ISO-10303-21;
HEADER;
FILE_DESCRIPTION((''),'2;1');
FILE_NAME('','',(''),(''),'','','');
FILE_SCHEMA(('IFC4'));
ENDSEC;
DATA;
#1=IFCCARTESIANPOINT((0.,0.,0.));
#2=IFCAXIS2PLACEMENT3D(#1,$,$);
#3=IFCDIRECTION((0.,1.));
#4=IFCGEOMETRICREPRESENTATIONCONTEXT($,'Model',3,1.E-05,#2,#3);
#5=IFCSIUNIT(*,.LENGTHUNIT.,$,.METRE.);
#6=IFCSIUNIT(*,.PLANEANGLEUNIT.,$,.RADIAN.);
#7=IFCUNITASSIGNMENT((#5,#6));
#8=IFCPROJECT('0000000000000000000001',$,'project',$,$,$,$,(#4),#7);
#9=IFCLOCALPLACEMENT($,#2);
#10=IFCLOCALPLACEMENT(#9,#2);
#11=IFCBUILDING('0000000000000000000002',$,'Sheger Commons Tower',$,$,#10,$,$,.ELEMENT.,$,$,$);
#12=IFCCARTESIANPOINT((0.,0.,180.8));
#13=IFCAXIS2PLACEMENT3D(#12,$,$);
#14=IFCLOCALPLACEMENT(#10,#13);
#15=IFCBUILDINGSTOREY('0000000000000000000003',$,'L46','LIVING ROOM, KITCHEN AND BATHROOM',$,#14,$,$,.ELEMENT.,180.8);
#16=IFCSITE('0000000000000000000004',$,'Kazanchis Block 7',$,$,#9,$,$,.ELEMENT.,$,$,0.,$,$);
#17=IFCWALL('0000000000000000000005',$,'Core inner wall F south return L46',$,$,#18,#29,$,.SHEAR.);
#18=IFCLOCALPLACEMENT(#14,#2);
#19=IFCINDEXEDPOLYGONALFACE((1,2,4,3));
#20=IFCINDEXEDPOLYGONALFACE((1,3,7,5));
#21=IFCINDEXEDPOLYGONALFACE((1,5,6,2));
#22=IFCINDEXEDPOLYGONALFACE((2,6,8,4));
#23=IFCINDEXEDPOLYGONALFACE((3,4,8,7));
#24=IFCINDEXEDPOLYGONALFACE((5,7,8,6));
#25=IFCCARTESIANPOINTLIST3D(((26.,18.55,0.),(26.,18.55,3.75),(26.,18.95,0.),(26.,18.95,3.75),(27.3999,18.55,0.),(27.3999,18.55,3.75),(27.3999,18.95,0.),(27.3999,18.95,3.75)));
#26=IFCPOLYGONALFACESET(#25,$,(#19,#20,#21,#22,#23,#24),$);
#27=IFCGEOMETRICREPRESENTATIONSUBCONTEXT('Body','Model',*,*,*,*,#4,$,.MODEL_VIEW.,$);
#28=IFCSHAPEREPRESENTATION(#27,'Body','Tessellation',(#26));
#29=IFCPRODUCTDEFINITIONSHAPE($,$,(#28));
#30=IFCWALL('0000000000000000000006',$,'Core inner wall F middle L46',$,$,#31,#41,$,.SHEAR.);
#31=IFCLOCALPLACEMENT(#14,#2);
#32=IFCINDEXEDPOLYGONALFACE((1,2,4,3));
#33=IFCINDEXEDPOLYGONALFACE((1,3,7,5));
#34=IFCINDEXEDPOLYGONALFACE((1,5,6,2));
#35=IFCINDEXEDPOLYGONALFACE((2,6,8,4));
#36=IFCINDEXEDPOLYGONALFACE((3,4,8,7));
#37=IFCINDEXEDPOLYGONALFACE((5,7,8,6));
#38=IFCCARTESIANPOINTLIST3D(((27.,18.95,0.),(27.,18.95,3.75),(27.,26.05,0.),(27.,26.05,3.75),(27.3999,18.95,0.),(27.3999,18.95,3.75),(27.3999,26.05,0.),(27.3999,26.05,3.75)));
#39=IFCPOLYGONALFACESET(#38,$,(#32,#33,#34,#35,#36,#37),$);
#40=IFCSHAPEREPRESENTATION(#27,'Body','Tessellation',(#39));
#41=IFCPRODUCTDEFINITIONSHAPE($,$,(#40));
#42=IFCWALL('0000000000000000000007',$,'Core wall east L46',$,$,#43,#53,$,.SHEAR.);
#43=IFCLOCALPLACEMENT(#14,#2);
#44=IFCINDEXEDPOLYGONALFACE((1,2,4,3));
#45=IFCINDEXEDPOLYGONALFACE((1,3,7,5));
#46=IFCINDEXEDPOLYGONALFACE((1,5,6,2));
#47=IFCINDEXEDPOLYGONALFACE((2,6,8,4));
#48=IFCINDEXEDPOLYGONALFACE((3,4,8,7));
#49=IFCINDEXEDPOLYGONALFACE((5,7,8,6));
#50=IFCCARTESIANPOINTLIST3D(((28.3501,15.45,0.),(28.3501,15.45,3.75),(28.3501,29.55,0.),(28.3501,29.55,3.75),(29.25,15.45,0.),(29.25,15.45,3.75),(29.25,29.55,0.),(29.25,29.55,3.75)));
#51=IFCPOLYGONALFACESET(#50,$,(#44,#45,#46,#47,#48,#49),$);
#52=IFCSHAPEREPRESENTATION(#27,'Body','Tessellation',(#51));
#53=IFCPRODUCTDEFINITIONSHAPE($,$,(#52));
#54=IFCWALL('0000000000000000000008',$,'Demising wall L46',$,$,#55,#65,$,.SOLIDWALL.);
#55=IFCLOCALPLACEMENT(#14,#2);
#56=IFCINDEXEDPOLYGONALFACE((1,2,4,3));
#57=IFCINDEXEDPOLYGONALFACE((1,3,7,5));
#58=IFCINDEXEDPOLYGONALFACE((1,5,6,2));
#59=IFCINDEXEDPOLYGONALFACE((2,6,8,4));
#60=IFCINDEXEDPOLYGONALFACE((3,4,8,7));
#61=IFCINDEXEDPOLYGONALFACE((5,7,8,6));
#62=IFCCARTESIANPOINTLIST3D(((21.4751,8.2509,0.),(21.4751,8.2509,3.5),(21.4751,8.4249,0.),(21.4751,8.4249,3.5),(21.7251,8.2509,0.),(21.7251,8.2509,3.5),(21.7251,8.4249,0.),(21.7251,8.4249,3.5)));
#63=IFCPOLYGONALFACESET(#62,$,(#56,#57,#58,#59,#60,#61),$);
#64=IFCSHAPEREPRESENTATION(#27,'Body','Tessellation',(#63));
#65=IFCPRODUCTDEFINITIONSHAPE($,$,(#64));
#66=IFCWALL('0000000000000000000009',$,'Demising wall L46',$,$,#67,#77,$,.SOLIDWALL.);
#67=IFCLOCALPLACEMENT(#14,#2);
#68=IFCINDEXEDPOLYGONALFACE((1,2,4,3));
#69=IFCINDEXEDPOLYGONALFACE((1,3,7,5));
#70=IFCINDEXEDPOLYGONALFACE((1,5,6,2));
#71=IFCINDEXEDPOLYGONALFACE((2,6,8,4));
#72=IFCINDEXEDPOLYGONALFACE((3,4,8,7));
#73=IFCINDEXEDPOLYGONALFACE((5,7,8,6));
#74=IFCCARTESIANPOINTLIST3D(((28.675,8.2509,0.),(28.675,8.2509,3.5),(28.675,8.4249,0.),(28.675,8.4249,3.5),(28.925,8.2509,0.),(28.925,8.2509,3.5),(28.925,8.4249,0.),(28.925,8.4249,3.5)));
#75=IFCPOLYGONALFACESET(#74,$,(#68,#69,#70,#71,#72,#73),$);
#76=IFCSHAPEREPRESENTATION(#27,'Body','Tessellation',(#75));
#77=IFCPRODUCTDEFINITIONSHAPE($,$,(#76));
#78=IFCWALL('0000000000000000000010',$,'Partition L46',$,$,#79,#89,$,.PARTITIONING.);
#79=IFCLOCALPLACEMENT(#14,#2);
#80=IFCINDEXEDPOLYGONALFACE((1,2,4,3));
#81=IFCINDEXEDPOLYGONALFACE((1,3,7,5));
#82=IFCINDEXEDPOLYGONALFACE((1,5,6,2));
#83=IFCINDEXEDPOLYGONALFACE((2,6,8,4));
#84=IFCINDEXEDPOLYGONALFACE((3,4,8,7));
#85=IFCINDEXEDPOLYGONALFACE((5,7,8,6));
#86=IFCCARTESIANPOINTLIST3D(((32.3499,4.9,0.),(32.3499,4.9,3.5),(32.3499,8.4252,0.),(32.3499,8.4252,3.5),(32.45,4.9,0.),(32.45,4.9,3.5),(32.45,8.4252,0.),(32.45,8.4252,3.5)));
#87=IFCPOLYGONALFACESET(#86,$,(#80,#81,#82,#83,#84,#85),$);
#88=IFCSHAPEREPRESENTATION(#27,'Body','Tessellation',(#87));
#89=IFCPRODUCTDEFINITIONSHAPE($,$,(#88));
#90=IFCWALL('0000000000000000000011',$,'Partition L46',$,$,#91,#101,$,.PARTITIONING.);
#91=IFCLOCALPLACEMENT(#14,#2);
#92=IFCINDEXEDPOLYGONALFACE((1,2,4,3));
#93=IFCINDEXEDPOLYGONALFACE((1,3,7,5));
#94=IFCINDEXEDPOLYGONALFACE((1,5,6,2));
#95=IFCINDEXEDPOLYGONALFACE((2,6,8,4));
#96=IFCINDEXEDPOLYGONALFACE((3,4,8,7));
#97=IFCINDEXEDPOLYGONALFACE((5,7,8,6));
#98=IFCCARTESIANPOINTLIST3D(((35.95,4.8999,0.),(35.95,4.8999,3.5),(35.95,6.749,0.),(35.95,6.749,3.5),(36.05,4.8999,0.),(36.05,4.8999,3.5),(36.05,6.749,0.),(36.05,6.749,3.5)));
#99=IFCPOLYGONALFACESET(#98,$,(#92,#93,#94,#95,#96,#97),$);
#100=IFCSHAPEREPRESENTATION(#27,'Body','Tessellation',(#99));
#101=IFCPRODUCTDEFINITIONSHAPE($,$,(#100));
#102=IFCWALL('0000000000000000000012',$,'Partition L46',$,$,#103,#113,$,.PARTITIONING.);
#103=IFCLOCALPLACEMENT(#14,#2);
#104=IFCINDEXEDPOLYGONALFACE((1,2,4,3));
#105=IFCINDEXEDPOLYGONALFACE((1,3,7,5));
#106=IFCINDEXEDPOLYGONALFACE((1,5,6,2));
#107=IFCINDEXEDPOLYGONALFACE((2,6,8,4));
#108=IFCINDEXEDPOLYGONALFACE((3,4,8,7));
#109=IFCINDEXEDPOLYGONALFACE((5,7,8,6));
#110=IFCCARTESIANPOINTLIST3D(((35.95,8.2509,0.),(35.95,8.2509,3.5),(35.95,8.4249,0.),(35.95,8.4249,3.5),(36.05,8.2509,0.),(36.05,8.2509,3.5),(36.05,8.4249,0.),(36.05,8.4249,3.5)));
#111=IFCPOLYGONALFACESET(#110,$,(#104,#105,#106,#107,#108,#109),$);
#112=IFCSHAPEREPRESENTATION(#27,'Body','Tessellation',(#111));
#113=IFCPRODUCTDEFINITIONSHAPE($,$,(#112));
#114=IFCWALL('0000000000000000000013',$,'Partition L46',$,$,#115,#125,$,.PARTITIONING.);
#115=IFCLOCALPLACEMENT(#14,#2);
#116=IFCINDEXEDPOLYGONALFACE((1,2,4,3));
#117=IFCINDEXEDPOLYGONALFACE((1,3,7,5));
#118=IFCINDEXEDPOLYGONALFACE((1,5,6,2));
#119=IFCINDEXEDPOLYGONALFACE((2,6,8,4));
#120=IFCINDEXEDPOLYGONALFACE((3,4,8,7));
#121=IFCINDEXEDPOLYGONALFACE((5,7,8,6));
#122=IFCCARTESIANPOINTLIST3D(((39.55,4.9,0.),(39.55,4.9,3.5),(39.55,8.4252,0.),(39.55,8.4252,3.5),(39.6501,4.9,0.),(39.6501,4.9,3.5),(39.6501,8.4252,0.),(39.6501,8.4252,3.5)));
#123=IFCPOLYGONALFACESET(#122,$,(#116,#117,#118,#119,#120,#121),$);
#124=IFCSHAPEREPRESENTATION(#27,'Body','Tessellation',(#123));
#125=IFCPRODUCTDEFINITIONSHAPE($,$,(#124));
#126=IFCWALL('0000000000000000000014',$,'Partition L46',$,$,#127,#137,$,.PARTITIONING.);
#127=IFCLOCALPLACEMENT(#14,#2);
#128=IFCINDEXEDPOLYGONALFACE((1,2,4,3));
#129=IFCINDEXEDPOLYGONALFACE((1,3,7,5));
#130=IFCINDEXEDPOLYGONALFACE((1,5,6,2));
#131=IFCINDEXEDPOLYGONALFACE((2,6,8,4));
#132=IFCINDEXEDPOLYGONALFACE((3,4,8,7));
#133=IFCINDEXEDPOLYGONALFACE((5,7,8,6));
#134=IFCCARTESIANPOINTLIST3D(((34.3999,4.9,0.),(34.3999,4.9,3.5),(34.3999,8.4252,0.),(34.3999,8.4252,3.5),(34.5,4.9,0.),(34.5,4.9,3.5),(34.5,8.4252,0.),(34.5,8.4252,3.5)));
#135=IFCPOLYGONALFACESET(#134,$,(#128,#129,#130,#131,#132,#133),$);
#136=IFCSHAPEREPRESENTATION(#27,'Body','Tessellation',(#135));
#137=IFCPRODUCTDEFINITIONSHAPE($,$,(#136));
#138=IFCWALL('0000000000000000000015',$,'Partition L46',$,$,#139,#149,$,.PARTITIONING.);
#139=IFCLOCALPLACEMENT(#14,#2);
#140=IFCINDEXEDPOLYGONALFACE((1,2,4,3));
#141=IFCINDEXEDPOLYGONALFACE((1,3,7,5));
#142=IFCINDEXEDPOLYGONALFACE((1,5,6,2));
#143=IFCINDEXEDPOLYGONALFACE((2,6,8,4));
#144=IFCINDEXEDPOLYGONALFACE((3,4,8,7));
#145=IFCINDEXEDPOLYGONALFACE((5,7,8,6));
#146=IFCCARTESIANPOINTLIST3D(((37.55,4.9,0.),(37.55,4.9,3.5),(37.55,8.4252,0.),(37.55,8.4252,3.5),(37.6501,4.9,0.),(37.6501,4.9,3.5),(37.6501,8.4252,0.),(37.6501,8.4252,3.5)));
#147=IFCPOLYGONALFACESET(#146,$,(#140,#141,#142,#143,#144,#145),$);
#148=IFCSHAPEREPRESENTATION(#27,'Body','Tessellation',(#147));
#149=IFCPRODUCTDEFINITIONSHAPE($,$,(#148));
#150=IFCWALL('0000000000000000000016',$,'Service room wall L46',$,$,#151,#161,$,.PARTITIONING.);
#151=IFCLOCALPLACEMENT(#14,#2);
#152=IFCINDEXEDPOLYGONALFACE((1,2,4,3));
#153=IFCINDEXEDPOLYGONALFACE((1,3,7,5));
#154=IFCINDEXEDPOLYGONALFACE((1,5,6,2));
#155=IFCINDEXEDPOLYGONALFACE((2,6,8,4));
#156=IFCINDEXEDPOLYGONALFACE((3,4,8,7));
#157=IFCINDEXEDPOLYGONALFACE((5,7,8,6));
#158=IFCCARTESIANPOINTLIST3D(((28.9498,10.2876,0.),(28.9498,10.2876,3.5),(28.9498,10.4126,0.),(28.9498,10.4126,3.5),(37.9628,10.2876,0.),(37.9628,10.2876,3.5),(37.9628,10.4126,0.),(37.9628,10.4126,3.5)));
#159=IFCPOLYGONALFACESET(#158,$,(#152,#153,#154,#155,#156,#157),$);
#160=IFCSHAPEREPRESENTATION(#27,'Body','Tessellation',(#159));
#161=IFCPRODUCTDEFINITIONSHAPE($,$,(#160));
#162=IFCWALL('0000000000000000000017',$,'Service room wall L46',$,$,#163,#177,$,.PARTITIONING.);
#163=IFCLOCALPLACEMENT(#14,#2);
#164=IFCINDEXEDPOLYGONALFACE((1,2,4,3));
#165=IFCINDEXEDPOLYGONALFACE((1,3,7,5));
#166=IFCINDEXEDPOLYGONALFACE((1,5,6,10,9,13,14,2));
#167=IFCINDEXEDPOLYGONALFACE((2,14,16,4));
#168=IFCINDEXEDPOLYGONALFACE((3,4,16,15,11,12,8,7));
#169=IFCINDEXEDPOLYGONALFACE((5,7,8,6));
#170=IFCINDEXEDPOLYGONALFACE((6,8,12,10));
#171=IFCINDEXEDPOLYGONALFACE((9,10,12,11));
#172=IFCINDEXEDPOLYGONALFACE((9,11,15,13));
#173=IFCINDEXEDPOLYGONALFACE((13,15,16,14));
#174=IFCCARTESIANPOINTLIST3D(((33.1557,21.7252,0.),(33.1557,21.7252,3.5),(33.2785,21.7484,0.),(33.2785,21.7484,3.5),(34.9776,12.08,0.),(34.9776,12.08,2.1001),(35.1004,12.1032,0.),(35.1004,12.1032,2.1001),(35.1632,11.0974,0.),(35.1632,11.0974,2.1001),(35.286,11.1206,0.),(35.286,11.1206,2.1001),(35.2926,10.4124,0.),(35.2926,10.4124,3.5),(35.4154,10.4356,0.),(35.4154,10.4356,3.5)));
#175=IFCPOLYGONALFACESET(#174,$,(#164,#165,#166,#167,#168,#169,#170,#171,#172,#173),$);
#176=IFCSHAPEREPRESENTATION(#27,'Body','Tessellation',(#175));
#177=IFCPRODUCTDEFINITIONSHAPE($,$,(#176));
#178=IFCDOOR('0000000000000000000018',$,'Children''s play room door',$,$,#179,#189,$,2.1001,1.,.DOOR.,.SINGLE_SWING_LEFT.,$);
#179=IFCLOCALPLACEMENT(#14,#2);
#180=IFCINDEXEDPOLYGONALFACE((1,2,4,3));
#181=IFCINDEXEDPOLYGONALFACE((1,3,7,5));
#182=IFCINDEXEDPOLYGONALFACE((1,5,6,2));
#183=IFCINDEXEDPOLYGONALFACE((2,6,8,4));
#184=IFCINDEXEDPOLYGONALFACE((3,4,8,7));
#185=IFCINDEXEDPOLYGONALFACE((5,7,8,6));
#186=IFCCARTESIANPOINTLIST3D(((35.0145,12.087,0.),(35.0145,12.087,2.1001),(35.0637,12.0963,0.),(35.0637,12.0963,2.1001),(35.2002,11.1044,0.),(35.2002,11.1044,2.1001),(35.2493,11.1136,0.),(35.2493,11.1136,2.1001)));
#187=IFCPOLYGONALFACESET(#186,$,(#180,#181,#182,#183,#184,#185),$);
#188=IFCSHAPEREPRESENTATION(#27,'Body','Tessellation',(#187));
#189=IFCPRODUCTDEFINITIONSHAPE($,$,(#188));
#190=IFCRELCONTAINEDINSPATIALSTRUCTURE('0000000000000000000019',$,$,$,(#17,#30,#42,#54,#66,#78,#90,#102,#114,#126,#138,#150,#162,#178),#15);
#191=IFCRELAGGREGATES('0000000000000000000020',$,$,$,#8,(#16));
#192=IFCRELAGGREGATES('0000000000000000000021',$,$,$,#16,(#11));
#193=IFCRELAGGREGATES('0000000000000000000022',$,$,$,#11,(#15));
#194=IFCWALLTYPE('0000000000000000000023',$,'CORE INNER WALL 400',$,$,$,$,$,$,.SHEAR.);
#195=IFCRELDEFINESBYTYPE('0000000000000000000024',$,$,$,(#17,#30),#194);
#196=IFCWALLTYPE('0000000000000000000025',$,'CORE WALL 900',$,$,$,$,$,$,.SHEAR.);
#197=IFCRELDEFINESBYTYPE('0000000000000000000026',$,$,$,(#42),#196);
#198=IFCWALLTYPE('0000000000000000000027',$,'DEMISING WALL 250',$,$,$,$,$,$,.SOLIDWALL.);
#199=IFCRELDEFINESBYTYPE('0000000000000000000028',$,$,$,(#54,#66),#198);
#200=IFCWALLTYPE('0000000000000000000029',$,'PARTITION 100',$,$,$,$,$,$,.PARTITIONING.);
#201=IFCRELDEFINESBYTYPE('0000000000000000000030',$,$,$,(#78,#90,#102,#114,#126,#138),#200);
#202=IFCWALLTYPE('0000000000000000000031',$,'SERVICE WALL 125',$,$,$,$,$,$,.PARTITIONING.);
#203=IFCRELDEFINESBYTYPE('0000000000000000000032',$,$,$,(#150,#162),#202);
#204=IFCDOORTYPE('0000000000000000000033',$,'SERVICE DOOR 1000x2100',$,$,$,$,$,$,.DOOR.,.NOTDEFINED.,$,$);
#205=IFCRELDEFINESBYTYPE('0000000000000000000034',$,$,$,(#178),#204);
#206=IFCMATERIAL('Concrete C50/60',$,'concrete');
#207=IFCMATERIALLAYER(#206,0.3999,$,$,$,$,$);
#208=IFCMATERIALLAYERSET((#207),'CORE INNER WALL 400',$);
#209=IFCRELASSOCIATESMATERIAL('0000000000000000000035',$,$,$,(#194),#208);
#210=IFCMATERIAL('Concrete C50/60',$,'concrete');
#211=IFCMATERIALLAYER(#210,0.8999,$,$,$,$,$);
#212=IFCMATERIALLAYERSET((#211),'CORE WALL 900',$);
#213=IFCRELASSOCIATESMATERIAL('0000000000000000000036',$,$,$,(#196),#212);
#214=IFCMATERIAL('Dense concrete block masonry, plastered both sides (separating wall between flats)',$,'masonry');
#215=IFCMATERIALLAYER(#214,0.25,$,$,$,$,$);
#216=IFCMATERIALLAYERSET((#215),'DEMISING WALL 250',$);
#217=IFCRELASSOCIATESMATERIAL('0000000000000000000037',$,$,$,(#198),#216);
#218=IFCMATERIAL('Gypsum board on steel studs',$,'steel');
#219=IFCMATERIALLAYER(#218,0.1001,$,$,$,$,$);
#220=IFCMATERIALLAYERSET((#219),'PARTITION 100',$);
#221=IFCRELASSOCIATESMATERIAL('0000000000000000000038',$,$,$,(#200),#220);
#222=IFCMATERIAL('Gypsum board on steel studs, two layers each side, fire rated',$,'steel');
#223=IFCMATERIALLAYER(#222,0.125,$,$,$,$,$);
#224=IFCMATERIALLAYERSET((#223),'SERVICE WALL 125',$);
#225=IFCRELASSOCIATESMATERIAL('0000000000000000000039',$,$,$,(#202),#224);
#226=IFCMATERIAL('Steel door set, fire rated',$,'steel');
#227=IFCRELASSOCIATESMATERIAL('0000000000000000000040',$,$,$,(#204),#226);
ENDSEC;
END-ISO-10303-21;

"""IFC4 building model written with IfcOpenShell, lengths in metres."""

from ifc_helpers import new_model, si_unit, direction, frame, frame_2d, origin, place, context, subcontext, project, spatial, rectangle, extrude, material, layer, layer_set, type_object, element, fill, save


model = new_model("IFC4")

# Units and contexts
model_context = context("Model", 3, precision=1e-05, world=origin(), true_north=direction((0.0, 1.0)))
body_context = subcontext(model_context, "Body", "Model", "MODEL_VIEW")
ifc_project = project(units=[si_unit("LENGTHUNIT", "METRE"), si_unit("PLANEANGLEUNIT", "RADIAN")], contexts=[model_context])

# Site, building, storey
site_placement = place(None, origin())
site = spatial("IfcSite", under=ifc_project, at=site_placement, Name="Kazanchis Block 7", CompositionType="ELEMENT", RefElevation=0.0)
building_placement = place(site_placement, origin())
building = spatial("IfcBuilding", under=site, at=building_placement, Name="Sheger Commons Tower", CompositionType="ELEMENT")
storey_placement = place(building_placement, frame((0.0, 0.0, 180.8)))
storey = spatial("IfcBuildingStorey", under=building, at=storey_placement, Name="L46", Description="LIVING ROOM, KITCHEN AND BATHROOM", CompositionType="ELEMENT", Elevation=180.8)

# Shared definitions
ifc_material_1 = material(Name="Concrete C50/60", Category="concrete")
ifc_layer_1 = layer(ifc_material_1, 0.3999)
ifc_layer_set_1 = layer_set([ifc_layer_1], Name="CORE INNER WALL 400")
wall_type_1 = type_object("IfcWallType", Name="CORE INNER WALL 400", PredefinedType="SHEAR", material=ifc_layer_set_1)

# Walls
wall_1_placement = place(storey_placement, frame((26.0, 18.75, 0.0), z_axis=(0.0, 0.0, 1.0), x_axis=(1.0, 0.0, 0.0)))
element("IfcWall", 1, at=wall_1_placement, inside=storey, type_object=wall_type_1, Name="Core inner wall F south return L46", PredefinedType="SHEAR", context=body_context, shape_type="SweptSolid", body=[
    extrude(rectangle(XDim=1.3999, YDim=0.3999, at=frame_2d((0.7, 0.0))), origin(), (0.0, 0.0, 1.0), 3.75),
])
wall_2_placement = place(storey_placement, frame((27.2, 18.95, 0.0), z_axis=(0.0, 0.0, 1.0), x_axis=(0.0, 1.0, 0.0)))
element("IfcWall", 2, at=wall_2_placement, inside=storey, type_object=wall_type_1, Name="Core inner wall F middle L46", PredefinedType="SHEAR", context=body_context, shape_type="SweptSolid", body=[
    extrude(rectangle(XDim=7.1001, YDim=0.3999, at=frame_2d((3.55, 0.0))), origin(), (0.0, 0.0, 1.0), 3.75),
])
ifc_material_2 = material(Name="Concrete C50/60", Category="concrete")
ifc_layer_2 = layer(ifc_material_2, 0.8999)
ifc_layer_set_2 = layer_set([ifc_layer_2], Name="CORE WALL 900")
wall_type_2 = type_object("IfcWallType", Name="CORE WALL 900", PredefinedType="SHEAR", material=ifc_layer_set_2)
wall_3_placement = place(storey_placement, frame((28.8, 15.45, 0.0), z_axis=(0.0, 0.0, 1.0), x_axis=(0.0, 1.0, 0.0)))
element("IfcWall", 3, at=wall_3_placement, inside=storey, type_object=wall_type_2, Name="Core wall east L46", PredefinedType="SHEAR", context=body_context, shape_type="SweptSolid", body=[
    extrude(rectangle(XDim=14.1001, YDim=0.8999, at=frame_2d((7.05, 0.0))), origin(), (0.0, 0.0, 1.0), 3.75),
])
ifc_material_3 = material(Name="Dense concrete block masonry, plastered both sides (separating wall between flats)", Category="masonry")
ifc_layer_3 = layer(ifc_material_3, 0.25)
ifc_layer_set_3 = layer_set([ifc_layer_3], Name="DEMISING WALL 250")
wall_type_3 = type_object("IfcWallType", Name="DEMISING WALL 250", PredefinedType="SOLIDWALL", material=ifc_layer_set_3)
for number, where, z_axis, x_axis, name in (
    (4, (21.6001, 8.251, 0.0), (0.0, 0.0, 1.0), (0.0, 1.0, 0.0), "Demising wall L46"),
    (5, (28.8, 8.251, 0.0), (0.0, 0.0, 1.0), (0.0, 1.0, 0.0), "Demising wall L46"),
):
    element("IfcWall", number, at=place(storey_placement, frame(where, z_axis=z_axis, x_axis=x_axis)), inside=storey, type_object=wall_type_3, Name=name, PredefinedType="SOLIDWALL", context=body_context, shape_type="SweptSolid", body=[
        extrude(rectangle(XDim=0.1741, YDim=0.25, at=frame_2d((0.0869, 0.0))), origin(), (0.0, 0.0, 1.0), 3.5),
    ])
ifc_material_4 = material(Name="Gypsum board on steel studs", Category="steel")
ifc_layer_4 = layer(ifc_material_4, 0.1001)
ifc_layer_set_4 = layer_set([ifc_layer_4], Name="PARTITION 100")
wall_type_4 = type_object("IfcWallType", Name="PARTITION 100", PredefinedType="PARTITIONING", material=ifc_layer_set_4)
wall_4_placement = place(storey_placement, frame((32.3999, 4.8999, 0.0), z_axis=(0.0, 0.0, 1.0), x_axis=(0.0, 1.0, 0.0)))
element("IfcWall", 6, at=wall_4_placement, inside=storey, type_object=wall_type_4, Name="Partition L46", PredefinedType="PARTITIONING", context=body_context, shape_type="SweptSolid", body=[
    extrude(rectangle(XDim=3.5251, YDim=0.1001, at=frame_2d((1.7627, 0.0))), origin(), (0.0, 0.0, 1.0), 3.5),
])
wall_5_placement = place(storey_placement, frame((36.0, 4.8999, 0.0), z_axis=(0.0, 0.0, 1.0), x_axis=(0.0, 1.0, 0.0)))
element("IfcWall", 7, at=wall_5_placement, inside=storey, type_object=wall_type_4, Name="Partition L46", PredefinedType="PARTITIONING", context=body_context, shape_type="SweptSolid", body=[
    extrude(rectangle(XDim=1.8491, YDim=0.1001, at=frame_2d((0.9246, 0.0))), origin(), (0.0, 0.0, 1.0), 3.5),
])
wall_6_placement = place(storey_placement, frame((36.0, 8.251, 0.0), z_axis=(0.0, 0.0, 1.0), x_axis=(0.0, 1.0, 0.0)))
element("IfcWall", 8, at=wall_6_placement, inside=storey, type_object=wall_type_4, Name="Partition L46", PredefinedType="PARTITIONING", context=body_context, shape_type="SweptSolid", body=[
    extrude(rectangle(XDim=0.1741, YDim=0.1001, at=frame_2d((0.0869, 0.0))), origin(), (0.0, 0.0, 1.0), 3.5),
])
for number, where, z_axis, x_axis, name in (
    (9, (39.6001, 4.8999, 0.0), (0.0, 0.0, 1.0), (0.0, 1.0, 0.0), "Partition L46"),
    (10, (34.45, 4.8999, 0.0), (0.0, 0.0, 1.0), (0.0, 1.0, 0.0), "Partition L46"),
    (11, (37.6001, 4.8999, 0.0), (0.0, 0.0, 1.0), (0.0, 1.0, 0.0), "Partition L46"),
):
    element("IfcWall", number, at=place(storey_placement, frame(where, z_axis=z_axis, x_axis=x_axis)), inside=storey, type_object=wall_type_4, Name=name, PredefinedType="PARTITIONING", context=body_context, shape_type="SweptSolid", body=[
        extrude(rectangle(XDim=3.5251, YDim=0.1001, at=frame_2d((1.7627, 0.0))), origin(), (0.0, 0.0, 1.0), 3.5),
    ])
ifc_material_5 = material(Name="Gypsum board on steel studs, two layers each side, fire rated", Category="steel")
ifc_layer_5 = layer(ifc_material_5, 0.125)
ifc_layer_set_5 = layer_set([ifc_layer_5], Name="SERVICE WALL 125")
wall_type_5 = type_object("IfcWallType", Name="SERVICE WALL 125", PredefinedType="PARTITIONING", material=ifc_layer_set_5)
wall_7_placement = place(storey_placement, frame((28.95, 10.3501, 0.0), z_axis=(0.0, 0.0, 1.0), x_axis=(1.0, 0.0, 0.0)))
element("IfcWall", 12, at=wall_7_placement, inside=storey, type_object=wall_type_5, Name="Service room wall L46", PredefinedType="PARTITIONING", context=body_context, shape_type="SweptSolid", body=[
    extrude(rectangle(XDim=9.0129, YDim=0.125, at=frame_2d((4.5063, 0.0))), origin(), (0.0, 0.0, 1.0), 3.5),
])

# Wall, opening, door
wall_8_placement = place(storey_placement, frame((35.354, 10.4241, 0.0), z_axis=(0.0, 0.0, 1.0), x_axis=(-0.185612, 0.982623, 0.0)))
wall_8 = element("IfcWall", 13, at=wall_8_placement, inside=storey, type_object=wall_type_5, Name="Service room wall L46", PredefinedType="PARTITIONING", context=body_context, shape_type="SweptSolid", body=[
    extrude(rectangle(XDim=11.5129, YDim=0.125, at=frame_2d((5.7563, 0.0))), origin(), (0.0, 0.0, 1.0), 3.5),
])
opening_1_placement = place(wall_8_placement, frame((0.697, 0.0, 0.0)))
opening_1 = element("IfcOpeningElement", 14, at=opening_1_placement, cuts=wall_8, PredefinedType="OPENING", context=body_context, shape_type="SweptSolid", body=[
    extrude(rectangle(XDim=1.0, YDim=2.1001, at=frame_2d((0.5, 1.05))), frame((0.0, 0.0725, 0.0), z_axis=(0.0, -1.0, 0.0), x_axis=(1.0, 0.0, 0.0)), (0.0, 0.0, 1.0), 0.145),
])
ifc_material_6 = material(Name="Steel door set, fire rated", Category="steel")
door_type_1 = type_object("IfcDoorType", Name="SERVICE DOOR 1000x2100", OperationType="NOTDEFINED", PredefinedType="DOOR", material=ifc_material_6)
door_1_placement = place(opening_1_placement, origin())
door_1 = element("IfcDoor", 15, at=door_1_placement, inside=storey, type_object=door_type_1, Name="Children's play room door", OperationType="SINGLE_SWING_LEFT", OverallHeight=2.1001, OverallWidth=1.0, PredefinedType="DOOR", context=body_context, shape_type="SweptSolid", body=[
    extrude(rectangle(XDim=1.0, YDim=2.1001, at=frame_2d((0.5, 1.05))), frame((0.0, 0.0249, 0.0), z_axis=(0.0, -1.0, 0.0), x_axis=(1.0, 0.0, 0.0)), (0.0, 0.0, 1.0), 0.05),
])
fill(opening_1, door_1)

save(model, "model.ifc")
